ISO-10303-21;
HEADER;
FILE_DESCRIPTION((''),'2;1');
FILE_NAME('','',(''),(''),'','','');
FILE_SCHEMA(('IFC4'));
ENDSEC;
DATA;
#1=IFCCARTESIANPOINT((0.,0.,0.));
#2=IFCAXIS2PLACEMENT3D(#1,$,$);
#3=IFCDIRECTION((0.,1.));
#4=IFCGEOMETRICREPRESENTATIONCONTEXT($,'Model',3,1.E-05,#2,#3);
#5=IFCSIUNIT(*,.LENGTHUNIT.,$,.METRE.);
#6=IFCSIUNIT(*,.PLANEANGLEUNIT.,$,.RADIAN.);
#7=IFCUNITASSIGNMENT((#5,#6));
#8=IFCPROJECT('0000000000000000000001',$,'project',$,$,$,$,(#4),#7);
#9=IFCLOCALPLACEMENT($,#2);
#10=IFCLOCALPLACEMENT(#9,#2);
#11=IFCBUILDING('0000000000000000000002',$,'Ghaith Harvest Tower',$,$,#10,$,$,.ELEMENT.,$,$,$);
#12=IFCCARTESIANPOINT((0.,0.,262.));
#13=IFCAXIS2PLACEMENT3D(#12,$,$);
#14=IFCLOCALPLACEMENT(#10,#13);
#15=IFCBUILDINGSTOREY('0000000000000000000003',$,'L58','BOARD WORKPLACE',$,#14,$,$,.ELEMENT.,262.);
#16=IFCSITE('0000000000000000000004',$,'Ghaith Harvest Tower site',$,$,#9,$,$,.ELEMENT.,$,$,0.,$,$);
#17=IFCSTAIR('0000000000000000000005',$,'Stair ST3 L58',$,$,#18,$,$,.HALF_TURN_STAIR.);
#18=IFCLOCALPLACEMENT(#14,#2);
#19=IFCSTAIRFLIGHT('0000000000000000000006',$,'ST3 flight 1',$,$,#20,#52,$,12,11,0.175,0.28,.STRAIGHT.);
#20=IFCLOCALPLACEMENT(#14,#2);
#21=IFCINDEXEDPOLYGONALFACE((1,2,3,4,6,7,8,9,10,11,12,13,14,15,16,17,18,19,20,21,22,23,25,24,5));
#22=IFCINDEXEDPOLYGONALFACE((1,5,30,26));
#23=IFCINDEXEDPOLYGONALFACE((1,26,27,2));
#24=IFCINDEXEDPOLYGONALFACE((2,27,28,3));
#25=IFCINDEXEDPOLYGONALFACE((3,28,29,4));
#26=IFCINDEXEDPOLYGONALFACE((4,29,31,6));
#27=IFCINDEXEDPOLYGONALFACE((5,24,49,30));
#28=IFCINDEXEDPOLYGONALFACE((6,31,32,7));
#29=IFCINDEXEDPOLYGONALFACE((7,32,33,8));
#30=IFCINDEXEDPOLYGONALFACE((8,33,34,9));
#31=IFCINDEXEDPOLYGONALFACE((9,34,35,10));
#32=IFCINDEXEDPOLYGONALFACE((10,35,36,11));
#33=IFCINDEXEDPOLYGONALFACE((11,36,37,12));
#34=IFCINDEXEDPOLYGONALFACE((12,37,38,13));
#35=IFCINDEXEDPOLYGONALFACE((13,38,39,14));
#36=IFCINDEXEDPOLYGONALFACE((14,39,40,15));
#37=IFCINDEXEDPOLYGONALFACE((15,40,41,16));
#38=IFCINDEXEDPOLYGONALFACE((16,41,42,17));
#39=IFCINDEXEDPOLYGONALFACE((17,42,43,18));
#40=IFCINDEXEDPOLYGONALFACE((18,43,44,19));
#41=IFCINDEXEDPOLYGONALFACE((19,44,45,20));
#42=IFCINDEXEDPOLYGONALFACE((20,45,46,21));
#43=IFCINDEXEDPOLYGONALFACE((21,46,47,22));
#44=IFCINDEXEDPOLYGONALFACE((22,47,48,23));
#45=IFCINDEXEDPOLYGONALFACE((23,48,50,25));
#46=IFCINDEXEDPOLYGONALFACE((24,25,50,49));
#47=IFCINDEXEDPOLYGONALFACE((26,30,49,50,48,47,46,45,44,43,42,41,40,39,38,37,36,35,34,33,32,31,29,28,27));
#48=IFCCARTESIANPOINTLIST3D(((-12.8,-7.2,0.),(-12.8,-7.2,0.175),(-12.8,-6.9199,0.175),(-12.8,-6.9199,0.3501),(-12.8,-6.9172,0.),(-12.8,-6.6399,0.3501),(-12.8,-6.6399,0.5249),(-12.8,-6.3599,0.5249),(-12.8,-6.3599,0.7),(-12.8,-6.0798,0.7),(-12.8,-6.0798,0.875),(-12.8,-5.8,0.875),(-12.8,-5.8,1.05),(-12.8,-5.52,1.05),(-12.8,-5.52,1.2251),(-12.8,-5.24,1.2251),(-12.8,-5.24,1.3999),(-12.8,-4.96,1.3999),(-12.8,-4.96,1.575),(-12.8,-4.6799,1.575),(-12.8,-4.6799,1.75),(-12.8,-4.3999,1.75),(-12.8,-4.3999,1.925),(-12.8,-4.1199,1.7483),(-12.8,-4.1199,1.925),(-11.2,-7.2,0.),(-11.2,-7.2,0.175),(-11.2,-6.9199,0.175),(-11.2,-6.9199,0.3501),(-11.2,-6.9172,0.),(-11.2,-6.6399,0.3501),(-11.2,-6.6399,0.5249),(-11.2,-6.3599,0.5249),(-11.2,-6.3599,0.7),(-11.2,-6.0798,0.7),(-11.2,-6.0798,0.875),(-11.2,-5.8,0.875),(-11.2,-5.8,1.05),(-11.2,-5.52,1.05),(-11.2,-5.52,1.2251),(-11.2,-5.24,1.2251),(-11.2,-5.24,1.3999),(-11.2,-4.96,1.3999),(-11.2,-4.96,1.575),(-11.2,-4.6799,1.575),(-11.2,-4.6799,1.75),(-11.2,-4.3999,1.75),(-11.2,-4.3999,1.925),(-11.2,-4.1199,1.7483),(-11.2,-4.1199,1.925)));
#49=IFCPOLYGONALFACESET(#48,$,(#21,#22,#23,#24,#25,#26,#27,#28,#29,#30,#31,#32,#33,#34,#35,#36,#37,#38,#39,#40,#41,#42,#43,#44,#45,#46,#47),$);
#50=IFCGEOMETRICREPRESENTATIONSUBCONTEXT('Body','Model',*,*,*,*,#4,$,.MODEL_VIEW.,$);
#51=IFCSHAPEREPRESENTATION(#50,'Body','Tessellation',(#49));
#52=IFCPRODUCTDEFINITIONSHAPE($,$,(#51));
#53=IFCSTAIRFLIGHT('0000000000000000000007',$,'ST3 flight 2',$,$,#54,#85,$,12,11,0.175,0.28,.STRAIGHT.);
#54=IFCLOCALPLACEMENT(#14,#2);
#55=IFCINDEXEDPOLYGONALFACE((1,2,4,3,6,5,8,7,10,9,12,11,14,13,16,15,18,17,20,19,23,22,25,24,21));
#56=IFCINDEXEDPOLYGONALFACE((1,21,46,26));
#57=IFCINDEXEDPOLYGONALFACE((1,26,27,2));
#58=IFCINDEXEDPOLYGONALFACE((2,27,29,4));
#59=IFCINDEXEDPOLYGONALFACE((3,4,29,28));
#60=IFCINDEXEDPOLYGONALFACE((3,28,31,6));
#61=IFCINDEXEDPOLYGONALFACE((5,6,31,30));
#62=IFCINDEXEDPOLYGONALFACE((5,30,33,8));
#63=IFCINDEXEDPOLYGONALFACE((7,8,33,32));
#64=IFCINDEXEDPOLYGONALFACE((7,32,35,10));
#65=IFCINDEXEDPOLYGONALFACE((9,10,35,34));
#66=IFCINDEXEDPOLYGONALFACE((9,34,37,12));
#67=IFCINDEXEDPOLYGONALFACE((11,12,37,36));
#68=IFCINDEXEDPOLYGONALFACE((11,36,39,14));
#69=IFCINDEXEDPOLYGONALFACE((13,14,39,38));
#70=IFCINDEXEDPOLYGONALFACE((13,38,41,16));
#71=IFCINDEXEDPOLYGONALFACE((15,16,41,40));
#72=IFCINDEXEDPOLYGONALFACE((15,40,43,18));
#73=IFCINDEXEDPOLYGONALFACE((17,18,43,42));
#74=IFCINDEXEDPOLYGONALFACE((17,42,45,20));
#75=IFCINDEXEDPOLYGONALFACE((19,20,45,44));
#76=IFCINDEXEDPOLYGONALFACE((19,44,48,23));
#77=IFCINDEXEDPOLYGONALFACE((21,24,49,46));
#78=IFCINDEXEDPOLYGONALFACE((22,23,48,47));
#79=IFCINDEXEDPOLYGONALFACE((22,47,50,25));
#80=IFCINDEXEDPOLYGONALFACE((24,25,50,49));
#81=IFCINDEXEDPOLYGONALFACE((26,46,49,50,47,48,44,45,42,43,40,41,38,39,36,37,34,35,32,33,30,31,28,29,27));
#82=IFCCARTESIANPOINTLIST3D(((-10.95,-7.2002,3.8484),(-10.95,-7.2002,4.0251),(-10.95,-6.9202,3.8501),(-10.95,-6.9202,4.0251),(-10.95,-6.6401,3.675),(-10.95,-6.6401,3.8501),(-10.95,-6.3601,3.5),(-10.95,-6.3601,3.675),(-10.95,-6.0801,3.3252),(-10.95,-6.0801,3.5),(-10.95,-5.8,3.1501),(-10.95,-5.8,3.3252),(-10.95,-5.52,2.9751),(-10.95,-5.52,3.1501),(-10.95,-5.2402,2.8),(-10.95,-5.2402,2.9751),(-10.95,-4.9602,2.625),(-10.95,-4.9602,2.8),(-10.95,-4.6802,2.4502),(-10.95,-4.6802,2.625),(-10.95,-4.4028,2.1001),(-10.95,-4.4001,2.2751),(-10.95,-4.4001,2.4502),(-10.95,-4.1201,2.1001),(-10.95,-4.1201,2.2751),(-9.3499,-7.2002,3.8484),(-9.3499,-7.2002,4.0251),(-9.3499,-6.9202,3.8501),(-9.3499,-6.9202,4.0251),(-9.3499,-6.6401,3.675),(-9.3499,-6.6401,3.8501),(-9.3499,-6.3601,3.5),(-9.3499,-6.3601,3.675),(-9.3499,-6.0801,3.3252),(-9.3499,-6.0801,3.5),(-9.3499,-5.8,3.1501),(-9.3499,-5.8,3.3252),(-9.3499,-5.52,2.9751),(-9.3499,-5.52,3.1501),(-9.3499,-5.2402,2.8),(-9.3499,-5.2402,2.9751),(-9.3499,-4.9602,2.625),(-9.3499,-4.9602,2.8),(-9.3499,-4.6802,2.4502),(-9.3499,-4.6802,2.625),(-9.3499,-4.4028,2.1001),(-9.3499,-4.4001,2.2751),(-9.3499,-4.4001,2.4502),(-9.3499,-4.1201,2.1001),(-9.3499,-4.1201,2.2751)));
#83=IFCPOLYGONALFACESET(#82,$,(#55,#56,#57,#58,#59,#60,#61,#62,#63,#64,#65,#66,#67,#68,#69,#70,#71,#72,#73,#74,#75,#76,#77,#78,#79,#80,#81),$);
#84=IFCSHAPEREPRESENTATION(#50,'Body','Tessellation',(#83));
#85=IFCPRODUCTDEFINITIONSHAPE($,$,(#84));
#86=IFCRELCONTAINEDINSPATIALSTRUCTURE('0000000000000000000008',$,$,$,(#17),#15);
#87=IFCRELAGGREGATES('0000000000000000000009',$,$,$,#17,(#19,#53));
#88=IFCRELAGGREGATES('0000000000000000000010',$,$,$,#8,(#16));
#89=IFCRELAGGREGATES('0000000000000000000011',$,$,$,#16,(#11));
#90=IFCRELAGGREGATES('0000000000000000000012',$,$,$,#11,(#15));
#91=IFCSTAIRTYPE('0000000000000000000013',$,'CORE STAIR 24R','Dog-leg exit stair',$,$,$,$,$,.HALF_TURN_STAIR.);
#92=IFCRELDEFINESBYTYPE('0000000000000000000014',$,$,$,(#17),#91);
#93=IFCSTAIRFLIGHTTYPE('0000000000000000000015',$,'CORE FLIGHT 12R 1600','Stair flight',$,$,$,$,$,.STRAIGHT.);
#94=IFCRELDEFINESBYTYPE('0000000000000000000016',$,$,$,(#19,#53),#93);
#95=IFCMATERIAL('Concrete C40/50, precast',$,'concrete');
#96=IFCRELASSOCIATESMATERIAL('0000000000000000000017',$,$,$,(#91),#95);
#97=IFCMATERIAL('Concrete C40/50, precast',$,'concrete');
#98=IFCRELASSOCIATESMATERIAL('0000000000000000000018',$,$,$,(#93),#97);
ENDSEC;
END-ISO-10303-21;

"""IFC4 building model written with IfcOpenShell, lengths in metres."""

from ifc_helpers import new_model, si_unit, direction, frame, origin, place, context, subcontext, project, spatial, polyline, outline, extrude, material, type_object, element, aggregate, save


model = new_model("IFC4")

# Units and contexts
model_context = context("Model", 3, precision=1e-05, world=origin(), true_north=direction((0.0, 1.0)))
body_context = subcontext(model_context, "Body", "Model", "MODEL_VIEW")
ifc_project = project(units=[si_unit("LENGTHUNIT", "METRE"), si_unit("PLANEANGLEUNIT", "RADIAN")], contexts=[model_context])

# Site, building, storey
site_placement = place(None, origin())
site = spatial("IfcSite", under=ifc_project, at=site_placement, Name="Ghaith Harvest Tower site", CompositionType="ELEMENT", RefElevation=0.0)
building_placement = place(site_placement, origin())
building = spatial("IfcBuilding", under=site, at=building_placement, Name="Ghaith Harvest Tower", CompositionType="ELEMENT")
storey_placement = place(building_placement, frame((0.0, 0.0, 262.0)))
storey = spatial("IfcBuildingStorey", under=building, at=storey_placement, Name="L58", Description="BOARD WORKPLACE", CompositionType="ELEMENT", Elevation=262.0)

# Stair, stair flights
ifc_material_1 = material(Name="Concrete C40/50, precast", Category="concrete")
stair_type = type_object("IfcStairType", Name="CORE STAIR 24R", Description="Dog-leg exit stair", PredefinedType="HALF_TURN_STAIR", material=ifc_material_1)
stair_placement = place(storey_placement, origin())
stair = element("IfcStair", 1, at=stair_placement, inside=storey, type_object=stair_type, Name="Stair ST3 L58", PredefinedType="HALF_TURN_STAIR")
ifc_material_2 = material(Name="Concrete C40/50, precast", Category="concrete")
stair_flight_type = type_object("IfcStairFlightType", Name="CORE FLIGHT 12R 1600", Description="Stair flight", PredefinedType="STRAIGHT", material=ifc_material_2)
stair_flight_1_placement = place(storey_placement, frame((-12.0, -7.2, 0.0), z_axis=(0.0, 0.0, 1.0), x_axis=(0.0, 1.0, 0.0)))
stair_flight_1 = element("IfcStairFlight", 2, at=stair_flight_1_placement, type_object=stair_flight_type, Name="ST3 flight 1", NumberOfRisers=12, NumberOfTreads=11, PredefinedType="STRAIGHT", RiserHeight=0.175, TreadLength=0.28, context=body_context, shape_type="SweptSolid", body=[
    extrude(outline(polyline([(0.0, 0.0), (0.0, 0.175), (0.28, 0.175), (0.28, 0.3501), (0.5601, 0.3501), (0.5601, 0.5249), (0.8401, 0.5249), (0.8401, 0.7), (1.1201, 0.7), (1.1201, 0.875), (1.3999, 0.875), (1.3999, 1.05), (1.6799, 1.05), (1.6799, 1.2251), (1.96, 1.2251), (1.96, 1.3999), (2.24, 1.3999), (2.24, 1.575), (2.52, 1.575), (2.52, 1.75), (2.8, 1.75), (2.8, 1.925), (3.0801, 1.925), (3.0801, 2.1001), (3.0801, 1.7483), (0.2827, 0.0), (0.0, 0.0)])), frame((0.0, 0.8, 0.0), z_axis=(0.0, -1.0, 0.0), x_axis=(1.0, 0.0, 0.0)), (0.0, 0.0, 1.0), 1.6001),
])
stair_flight_2_placement = place(storey_placement, frame((-10.1499, -4.1201, 2.1001), z_axis=(0.0, 0.0, 1.0), x_axis=(0.0, -1.0, 0.0)))
stair_flight_2 = element("IfcStairFlight", 3, at=stair_flight_2_placement, type_object=stair_flight_type, Name="ST3 flight 2", NumberOfRisers=12, NumberOfTreads=11, PredefinedType="STRAIGHT", RiserHeight=0.175, TreadLength=0.28, context=body_context, shape_type="SweptSolid", body=[
    extrude(outline(polyline([(0.0, 0.0), (0.0, 0.175), (0.28, 0.175), (0.28, 0.3501), (0.5601, 0.3501), (0.5601, 0.5249), (0.8401, 0.5249), (0.8401, 0.7), (1.1201, 0.7), (1.1201, 0.875), (1.3999, 0.875), (1.3999, 1.05), (1.6799, 1.05), (1.6799, 1.2251), (1.96, 1.2251), (1.96, 1.3999), (2.24, 1.3999), (2.24, 1.575), (2.52, 1.575), (2.52, 1.75), (2.8, 1.75), (2.8, 1.925), (3.0801, 1.925), (3.0801, 2.1001), (3.0801, 1.7483), (0.2827, 0.0), (0.0, 0.0)])), frame((0.0, 0.8, 0.0), z_axis=(0.0, -1.0, 0.0), x_axis=(1.0, 0.0, 0.0)), (0.0, 0.0, 1.0), 1.6001),
])
aggregate(stair, [stair_flight_1, stair_flight_2])

save(model, "model.ifc")
